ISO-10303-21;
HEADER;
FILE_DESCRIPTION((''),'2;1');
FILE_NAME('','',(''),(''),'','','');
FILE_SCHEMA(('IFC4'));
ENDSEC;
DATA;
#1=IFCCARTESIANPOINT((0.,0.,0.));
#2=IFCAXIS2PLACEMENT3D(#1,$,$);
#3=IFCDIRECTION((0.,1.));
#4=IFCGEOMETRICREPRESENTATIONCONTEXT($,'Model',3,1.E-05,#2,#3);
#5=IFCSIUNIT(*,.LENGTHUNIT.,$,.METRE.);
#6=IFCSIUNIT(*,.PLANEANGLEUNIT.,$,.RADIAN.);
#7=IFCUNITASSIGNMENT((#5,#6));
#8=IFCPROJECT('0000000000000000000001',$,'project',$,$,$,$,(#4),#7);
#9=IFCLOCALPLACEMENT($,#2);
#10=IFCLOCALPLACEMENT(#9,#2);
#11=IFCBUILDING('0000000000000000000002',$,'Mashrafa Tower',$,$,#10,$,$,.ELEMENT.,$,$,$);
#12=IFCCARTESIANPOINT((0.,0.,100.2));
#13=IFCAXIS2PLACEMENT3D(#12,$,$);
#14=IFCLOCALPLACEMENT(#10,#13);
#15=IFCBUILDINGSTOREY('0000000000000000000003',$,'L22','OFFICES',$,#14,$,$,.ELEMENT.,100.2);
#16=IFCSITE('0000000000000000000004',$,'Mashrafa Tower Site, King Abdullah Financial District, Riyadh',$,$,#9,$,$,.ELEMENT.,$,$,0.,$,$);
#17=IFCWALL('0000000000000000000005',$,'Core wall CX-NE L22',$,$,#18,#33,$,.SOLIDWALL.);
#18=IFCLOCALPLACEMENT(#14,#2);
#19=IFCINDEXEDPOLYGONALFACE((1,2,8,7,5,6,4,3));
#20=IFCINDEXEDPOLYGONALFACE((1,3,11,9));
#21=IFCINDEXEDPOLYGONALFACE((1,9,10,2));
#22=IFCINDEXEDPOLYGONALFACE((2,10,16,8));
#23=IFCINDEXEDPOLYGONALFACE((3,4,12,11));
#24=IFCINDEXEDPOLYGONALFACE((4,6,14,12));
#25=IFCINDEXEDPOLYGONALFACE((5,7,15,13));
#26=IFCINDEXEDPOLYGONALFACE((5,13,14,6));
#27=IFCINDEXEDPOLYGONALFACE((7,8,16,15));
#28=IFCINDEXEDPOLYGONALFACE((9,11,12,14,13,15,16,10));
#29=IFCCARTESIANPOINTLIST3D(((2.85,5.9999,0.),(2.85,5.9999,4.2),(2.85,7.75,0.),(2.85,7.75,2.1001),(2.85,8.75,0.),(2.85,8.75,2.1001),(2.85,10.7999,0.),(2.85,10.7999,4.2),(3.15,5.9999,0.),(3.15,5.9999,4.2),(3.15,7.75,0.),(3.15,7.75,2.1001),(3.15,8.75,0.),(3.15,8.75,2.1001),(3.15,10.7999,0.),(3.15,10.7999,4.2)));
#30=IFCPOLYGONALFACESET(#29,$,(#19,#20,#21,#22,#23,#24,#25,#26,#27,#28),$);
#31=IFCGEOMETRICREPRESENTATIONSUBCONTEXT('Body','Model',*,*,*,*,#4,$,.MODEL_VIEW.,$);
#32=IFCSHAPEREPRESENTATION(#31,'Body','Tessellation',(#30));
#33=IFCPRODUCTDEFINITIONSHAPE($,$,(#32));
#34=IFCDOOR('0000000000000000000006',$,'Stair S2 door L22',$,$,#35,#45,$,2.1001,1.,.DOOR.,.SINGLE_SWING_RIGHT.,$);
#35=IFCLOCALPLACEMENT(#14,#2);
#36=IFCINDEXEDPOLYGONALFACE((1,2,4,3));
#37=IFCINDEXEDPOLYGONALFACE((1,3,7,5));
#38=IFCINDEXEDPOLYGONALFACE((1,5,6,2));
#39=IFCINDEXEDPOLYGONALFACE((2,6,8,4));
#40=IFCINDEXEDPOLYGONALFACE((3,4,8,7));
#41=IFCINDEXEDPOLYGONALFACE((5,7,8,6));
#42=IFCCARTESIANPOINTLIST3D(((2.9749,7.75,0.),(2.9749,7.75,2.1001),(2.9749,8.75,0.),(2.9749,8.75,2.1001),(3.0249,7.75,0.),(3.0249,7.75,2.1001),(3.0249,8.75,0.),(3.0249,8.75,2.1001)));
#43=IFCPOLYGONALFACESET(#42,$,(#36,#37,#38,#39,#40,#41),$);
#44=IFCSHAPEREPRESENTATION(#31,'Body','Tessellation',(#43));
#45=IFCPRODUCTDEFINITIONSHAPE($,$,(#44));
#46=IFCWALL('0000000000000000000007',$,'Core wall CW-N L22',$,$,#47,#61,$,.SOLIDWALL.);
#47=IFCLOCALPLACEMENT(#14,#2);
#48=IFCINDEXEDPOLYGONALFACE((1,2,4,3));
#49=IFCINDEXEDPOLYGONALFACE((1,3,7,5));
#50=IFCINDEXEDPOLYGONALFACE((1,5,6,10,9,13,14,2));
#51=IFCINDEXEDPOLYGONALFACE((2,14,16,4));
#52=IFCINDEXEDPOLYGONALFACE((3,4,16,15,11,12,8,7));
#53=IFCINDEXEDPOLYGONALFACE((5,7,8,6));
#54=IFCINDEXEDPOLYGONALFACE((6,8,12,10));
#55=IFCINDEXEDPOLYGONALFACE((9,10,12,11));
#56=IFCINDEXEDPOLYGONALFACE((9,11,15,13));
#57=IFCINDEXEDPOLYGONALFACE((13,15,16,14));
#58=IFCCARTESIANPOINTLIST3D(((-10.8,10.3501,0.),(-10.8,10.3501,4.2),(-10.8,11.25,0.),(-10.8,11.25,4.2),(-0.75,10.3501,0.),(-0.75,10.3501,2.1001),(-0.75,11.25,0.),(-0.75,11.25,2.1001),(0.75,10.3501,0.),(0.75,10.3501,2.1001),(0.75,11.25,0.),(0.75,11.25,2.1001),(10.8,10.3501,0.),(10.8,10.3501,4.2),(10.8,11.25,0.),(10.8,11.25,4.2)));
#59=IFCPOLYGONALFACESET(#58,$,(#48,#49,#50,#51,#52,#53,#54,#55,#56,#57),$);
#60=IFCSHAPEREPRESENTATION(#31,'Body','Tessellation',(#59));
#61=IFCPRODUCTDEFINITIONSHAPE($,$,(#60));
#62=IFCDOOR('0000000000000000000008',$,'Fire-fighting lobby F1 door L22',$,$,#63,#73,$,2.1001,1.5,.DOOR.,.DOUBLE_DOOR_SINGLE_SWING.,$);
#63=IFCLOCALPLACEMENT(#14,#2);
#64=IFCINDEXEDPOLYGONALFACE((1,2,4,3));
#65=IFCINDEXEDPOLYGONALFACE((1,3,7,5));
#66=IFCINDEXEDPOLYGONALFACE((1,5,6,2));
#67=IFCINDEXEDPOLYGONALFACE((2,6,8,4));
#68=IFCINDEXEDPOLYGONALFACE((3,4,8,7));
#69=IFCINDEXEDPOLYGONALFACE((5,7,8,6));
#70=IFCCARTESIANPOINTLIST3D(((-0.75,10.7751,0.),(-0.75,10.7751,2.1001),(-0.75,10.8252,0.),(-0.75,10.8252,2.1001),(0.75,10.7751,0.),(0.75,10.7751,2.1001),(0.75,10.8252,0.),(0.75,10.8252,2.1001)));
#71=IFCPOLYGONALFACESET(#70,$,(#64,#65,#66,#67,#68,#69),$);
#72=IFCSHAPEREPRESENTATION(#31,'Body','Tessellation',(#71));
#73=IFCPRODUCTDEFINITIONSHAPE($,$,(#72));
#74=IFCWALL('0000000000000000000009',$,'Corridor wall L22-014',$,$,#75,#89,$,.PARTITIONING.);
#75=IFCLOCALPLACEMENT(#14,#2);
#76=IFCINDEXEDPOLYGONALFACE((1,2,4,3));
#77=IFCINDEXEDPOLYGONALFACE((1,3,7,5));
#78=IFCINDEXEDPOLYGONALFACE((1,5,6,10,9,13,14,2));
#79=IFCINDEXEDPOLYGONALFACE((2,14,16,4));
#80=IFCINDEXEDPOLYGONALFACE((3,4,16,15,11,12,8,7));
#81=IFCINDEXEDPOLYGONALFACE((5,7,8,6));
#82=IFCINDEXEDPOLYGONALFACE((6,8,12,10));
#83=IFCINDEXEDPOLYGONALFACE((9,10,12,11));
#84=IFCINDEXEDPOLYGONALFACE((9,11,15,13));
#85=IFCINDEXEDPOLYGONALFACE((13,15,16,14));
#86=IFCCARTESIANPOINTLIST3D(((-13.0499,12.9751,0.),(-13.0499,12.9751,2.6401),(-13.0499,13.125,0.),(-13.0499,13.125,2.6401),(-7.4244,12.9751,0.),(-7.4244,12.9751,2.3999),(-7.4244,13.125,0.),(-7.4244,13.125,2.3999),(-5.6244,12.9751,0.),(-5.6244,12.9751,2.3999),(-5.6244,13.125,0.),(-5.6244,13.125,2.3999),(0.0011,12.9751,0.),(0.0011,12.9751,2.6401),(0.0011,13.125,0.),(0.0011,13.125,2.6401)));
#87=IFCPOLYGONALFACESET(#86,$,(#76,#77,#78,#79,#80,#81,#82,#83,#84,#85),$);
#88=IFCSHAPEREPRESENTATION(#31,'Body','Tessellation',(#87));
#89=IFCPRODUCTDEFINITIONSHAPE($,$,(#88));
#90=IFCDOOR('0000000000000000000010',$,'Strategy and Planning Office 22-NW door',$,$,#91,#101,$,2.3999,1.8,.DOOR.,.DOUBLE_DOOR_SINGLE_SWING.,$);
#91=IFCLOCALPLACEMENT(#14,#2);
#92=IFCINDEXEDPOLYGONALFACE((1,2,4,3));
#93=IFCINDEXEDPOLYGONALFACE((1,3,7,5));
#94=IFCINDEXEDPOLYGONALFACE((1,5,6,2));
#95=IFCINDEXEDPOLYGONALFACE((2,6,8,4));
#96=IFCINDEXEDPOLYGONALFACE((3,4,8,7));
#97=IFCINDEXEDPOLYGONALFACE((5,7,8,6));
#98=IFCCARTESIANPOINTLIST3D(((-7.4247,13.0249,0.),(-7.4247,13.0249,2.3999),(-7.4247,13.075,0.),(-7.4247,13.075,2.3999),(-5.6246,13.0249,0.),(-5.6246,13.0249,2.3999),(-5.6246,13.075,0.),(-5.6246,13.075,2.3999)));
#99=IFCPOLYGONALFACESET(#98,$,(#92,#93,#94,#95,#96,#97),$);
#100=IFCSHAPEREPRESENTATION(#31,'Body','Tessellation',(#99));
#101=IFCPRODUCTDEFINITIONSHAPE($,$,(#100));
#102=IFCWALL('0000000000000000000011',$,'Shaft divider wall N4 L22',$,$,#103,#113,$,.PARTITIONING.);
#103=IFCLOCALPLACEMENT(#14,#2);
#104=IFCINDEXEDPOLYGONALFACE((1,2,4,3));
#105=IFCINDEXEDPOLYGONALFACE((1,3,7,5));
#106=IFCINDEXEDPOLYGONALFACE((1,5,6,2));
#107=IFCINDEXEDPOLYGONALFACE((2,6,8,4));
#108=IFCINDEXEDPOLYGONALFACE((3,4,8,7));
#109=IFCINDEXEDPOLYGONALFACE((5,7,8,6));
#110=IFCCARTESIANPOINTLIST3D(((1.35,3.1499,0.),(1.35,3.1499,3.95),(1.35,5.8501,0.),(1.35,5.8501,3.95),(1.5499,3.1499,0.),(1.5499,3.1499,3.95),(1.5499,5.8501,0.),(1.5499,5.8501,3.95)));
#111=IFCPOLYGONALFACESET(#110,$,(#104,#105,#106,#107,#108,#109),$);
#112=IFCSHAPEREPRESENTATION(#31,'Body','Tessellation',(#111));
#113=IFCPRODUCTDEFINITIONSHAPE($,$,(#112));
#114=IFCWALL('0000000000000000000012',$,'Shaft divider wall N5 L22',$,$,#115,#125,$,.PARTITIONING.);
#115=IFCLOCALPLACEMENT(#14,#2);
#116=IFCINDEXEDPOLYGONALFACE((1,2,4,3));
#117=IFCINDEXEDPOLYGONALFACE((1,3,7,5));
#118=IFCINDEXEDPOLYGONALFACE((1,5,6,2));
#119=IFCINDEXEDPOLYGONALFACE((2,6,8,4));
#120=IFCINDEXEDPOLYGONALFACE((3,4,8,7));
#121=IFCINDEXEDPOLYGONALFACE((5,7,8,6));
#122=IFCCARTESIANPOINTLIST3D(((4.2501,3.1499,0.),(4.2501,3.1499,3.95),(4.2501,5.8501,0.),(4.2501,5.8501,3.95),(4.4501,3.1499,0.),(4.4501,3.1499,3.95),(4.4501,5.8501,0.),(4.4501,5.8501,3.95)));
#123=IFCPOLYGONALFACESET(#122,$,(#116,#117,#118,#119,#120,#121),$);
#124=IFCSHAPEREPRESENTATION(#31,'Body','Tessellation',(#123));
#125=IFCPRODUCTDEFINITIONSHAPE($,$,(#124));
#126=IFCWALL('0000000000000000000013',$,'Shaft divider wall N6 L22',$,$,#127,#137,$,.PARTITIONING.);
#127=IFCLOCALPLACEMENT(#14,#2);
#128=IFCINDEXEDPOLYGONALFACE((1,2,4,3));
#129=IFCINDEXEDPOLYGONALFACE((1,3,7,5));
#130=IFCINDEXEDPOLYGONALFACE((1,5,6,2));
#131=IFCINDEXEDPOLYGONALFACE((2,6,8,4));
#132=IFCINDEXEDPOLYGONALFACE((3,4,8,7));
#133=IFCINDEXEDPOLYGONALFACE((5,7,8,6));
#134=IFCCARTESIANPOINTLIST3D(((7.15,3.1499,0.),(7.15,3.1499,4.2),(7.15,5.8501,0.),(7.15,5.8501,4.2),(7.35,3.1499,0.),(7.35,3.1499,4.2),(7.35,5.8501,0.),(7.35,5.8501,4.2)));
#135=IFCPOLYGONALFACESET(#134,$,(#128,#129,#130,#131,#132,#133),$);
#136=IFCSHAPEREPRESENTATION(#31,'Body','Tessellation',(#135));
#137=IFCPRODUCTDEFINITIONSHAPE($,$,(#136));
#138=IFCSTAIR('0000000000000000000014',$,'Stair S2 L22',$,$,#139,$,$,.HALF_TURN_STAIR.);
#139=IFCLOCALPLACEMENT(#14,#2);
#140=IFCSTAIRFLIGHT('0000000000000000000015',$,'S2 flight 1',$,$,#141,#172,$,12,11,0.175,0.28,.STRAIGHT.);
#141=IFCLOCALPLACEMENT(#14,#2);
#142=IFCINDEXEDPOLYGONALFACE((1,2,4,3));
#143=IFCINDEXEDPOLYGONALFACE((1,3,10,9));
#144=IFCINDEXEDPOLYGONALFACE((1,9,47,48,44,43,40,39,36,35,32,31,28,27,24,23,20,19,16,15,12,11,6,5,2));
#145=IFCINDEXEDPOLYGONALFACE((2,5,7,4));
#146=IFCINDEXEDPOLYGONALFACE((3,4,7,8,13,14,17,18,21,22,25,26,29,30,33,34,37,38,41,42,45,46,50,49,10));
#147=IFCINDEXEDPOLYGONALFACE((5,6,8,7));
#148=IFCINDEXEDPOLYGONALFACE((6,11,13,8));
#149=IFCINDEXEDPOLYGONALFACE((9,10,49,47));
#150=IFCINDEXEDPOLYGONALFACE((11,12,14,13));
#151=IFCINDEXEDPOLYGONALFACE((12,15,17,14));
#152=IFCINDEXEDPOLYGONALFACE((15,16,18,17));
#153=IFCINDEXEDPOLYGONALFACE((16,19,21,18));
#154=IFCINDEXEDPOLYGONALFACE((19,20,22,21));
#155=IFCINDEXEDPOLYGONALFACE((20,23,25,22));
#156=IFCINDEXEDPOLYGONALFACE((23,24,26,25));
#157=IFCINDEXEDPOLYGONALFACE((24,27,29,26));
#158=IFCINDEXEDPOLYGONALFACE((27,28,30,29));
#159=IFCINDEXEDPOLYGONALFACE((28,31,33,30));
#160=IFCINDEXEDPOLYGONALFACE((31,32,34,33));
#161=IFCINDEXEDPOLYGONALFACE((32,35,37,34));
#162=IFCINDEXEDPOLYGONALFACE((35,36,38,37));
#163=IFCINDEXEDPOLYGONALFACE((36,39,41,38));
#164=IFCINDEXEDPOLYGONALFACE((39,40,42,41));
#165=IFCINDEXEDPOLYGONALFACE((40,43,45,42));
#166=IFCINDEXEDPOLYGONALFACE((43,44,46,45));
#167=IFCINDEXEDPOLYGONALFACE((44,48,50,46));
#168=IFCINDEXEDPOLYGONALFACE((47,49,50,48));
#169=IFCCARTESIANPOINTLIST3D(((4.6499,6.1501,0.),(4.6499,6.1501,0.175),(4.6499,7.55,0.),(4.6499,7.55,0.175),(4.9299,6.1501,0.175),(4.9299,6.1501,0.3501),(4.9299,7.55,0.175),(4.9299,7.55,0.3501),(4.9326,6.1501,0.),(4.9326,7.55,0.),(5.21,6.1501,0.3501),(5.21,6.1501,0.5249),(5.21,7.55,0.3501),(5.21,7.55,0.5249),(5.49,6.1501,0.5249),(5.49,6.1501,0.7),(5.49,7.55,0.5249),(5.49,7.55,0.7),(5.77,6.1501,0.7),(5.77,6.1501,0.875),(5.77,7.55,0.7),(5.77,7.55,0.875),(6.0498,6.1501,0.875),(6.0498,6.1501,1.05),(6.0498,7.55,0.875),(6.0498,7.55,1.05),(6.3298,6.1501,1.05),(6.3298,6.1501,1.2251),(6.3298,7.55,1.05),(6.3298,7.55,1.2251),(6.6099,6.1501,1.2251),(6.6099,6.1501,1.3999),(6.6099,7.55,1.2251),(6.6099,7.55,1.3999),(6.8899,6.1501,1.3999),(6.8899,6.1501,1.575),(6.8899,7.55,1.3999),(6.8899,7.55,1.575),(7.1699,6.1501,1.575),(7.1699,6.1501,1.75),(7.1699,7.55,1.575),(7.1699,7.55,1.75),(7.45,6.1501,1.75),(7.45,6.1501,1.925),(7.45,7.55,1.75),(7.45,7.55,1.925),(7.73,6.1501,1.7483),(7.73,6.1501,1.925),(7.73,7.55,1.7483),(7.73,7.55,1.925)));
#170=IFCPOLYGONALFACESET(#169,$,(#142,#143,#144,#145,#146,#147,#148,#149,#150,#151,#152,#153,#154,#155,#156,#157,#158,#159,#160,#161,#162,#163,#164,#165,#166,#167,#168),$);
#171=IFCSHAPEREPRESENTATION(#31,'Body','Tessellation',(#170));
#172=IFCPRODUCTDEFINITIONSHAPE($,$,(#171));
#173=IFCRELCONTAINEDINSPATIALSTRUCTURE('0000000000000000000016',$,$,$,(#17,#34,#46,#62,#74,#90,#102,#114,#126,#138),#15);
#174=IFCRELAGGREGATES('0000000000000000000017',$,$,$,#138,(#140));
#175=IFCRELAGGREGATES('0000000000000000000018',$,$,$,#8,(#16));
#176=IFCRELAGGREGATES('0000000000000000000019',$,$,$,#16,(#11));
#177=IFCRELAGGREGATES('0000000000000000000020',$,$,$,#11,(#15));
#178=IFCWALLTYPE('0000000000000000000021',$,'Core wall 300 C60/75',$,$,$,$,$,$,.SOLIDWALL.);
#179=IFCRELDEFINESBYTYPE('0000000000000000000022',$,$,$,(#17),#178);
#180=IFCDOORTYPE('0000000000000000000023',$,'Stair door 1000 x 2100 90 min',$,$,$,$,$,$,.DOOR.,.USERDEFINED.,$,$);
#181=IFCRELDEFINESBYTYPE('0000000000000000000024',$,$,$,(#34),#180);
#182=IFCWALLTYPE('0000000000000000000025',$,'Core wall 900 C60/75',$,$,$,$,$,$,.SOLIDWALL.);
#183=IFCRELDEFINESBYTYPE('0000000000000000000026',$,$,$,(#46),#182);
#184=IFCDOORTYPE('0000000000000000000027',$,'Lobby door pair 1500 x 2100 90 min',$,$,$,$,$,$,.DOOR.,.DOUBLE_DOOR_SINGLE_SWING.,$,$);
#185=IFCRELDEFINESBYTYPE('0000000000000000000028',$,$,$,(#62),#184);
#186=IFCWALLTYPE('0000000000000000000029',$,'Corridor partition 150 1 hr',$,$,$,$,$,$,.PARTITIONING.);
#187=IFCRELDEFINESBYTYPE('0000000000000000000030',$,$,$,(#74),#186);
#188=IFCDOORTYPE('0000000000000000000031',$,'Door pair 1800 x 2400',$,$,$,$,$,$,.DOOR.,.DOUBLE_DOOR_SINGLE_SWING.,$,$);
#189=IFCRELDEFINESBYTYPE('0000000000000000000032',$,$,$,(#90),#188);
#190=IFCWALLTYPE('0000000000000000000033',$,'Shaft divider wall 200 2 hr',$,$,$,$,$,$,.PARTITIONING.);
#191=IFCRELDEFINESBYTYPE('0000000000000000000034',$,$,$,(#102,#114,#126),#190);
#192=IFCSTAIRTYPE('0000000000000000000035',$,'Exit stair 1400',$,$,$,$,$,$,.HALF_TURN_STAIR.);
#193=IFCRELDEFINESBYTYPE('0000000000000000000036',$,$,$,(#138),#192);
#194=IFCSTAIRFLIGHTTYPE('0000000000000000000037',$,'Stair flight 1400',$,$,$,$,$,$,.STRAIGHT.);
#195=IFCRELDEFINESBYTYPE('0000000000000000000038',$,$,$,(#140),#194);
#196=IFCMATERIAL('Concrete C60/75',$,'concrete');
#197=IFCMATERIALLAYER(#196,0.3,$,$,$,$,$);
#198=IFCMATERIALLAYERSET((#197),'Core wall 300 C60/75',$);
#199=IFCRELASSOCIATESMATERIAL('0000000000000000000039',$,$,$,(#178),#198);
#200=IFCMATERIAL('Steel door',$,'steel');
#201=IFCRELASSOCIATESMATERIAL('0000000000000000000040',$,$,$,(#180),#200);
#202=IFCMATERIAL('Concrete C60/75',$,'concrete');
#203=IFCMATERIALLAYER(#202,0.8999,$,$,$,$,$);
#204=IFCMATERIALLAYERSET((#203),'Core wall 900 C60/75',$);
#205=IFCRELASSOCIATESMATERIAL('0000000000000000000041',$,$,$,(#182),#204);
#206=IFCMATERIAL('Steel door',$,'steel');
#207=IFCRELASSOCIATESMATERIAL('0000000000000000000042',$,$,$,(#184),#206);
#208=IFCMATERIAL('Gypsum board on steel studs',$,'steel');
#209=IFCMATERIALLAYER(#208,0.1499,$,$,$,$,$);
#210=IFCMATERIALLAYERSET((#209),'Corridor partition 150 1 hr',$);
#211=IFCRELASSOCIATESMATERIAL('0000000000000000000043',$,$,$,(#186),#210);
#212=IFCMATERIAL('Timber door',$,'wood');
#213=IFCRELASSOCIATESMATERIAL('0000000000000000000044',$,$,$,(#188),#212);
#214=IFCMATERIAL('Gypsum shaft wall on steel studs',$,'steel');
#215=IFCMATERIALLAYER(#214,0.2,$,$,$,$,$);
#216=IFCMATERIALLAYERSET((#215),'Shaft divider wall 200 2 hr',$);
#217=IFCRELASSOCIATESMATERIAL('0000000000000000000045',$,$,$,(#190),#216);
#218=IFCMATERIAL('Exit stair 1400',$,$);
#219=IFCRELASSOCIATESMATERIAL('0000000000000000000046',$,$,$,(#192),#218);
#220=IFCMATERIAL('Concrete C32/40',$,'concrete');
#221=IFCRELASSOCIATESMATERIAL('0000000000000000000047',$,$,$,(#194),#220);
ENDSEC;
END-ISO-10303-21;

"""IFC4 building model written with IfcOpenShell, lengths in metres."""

from ifc_helpers import new_model, si_unit, direction, frame, frame_2d, origin, place, context, subcontext, project, spatial, polyline, rectangle, outline, extrude, material, layer, layer_set, type_object, element, fill, aggregate, save


model = new_model("IFC4")

# Units and contexts
model_context = context("Model", 3, precision=1e-05, world=origin(), true_north=direction((0.0, 1.0)))
body_context = subcontext(model_context, "Body", "Model", "MODEL_VIEW")
ifc_project = project(units=[si_unit("LENGTHUNIT", "METRE"), si_unit("PLANEANGLEUNIT", "RADIAN")], contexts=[model_context])

# Site, building, storey
site_placement = place(None, origin())
site = spatial("IfcSite", under=ifc_project, at=site_placement, Name="Mashrafa Tower Site, King Abdullah Financial District, Riyadh", CompositionType="ELEMENT", RefElevation=0.0)
building_placement = place(site_placement, origin())
building = spatial("IfcBuilding", under=site, at=building_placement, Name="Mashrafa Tower", CompositionType="ELEMENT")
storey_placement = place(building_placement, frame((0.0, 0.0, 100.2)))
storey = spatial("IfcBuildingStorey", under=building, at=storey_placement, Name="L22", Description="OFFICES", CompositionType="ELEMENT", Elevation=100.2)

# Walls, openings, doors
ifc_material_1 = material(Name="Concrete C60/75", Category="concrete")
ifc_layer_1 = layer(ifc_material_1, 0.3)
ifc_layer_set_1 = layer_set([ifc_layer_1], Name="Core wall 300 C60/75")
wall_type_1 = type_object("IfcWallType", Name="Core wall 300 C60/75", PredefinedType="SOLIDWALL", material=ifc_layer_set_1)
wall_1_placement = place(storey_placement, frame((3.0, 6.0, 0.0), z_axis=(0.0, 0.0, 1.0), x_axis=(0.0, 1.0, 0.0)))
wall_1 = element("IfcWall", 1, at=wall_1_placement, inside=storey, type_object=wall_type_1, Name="Core wall CX-NE L22", PredefinedType="SOLIDWALL", context=body_context, shape_type="SweptSolid", body=[
    extrude(rectangle(XDim=4.8, YDim=0.3, at=frame_2d((2.3999, 0.0))), origin(), (0.0, 0.0, 1.0), 4.2),
])
opening_1_placement = place(wall_1_placement, frame((1.75, 0.0, 0.0)))
opening_1 = element("IfcOpeningElement", 2, at=opening_1_placement, cuts=wall_1, PredefinedType="OPENING", context=body_context, shape_type="SweptSolid", body=[
    extrude(rectangle(XDim=1.0, YDim=2.1001, at=frame_2d((0.5, 1.05))), frame((0.0, 0.1599, 0.0), z_axis=(0.0, -1.0, 0.0), x_axis=(1.0, 0.0, 0.0)), (0.0, 0.0, 1.0), 0.3201),
])
ifc_material_2 = material(Name="Steel door", Category="steel")
door_type_1 = type_object("IfcDoorType", Name="Stair door 1000 x 2100 90 min", OperationType="USERDEFINED", PredefinedType="DOOR", material=ifc_material_2)
door_1_placement = place(opening_1_placement, frame((1.0, 0.0, 0.0), z_axis=(0.0, 0.0, 1.0), x_axis=(-1.0, 0.0, 0.0)))
door_1 = element("IfcDoor", 3, at=door_1_placement, inside=storey, type_object=door_type_1, Name="Stair S2 door L22", OperationType="SINGLE_SWING_RIGHT", OverallHeight=2.1001, OverallWidth=1.0, PredefinedType="DOOR", context=body_context, shape_type="SweptSolid", body=[
    extrude(rectangle(XDim=1.0, YDim=2.1001, at=frame_2d((0.5, 1.05))), frame((0.0, 0.0249, 0.0), z_axis=(0.0, -1.0, 0.0), x_axis=(1.0, 0.0, 0.0)), (0.0, 0.0, 1.0), 0.05),
])
fill(opening_1, door_1)
ifc_material_3 = material(Name="Concrete C60/75", Category="concrete")
ifc_layer_2 = layer(ifc_material_3, 0.8999)
ifc_layer_set_2 = layer_set([ifc_layer_2], Name="Core wall 900 C60/75")
wall_type_2 = type_object("IfcWallType", Name="Core wall 900 C60/75", PredefinedType="SOLIDWALL", material=ifc_layer_set_2)
wall_2_placement = place(storey_placement, frame((10.8, 10.8, 0.0), z_axis=(0.0, 0.0, 1.0), x_axis=(-1.0, 0.0, 0.0)))
wall_2 = element("IfcWall", 4, at=wall_2_placement, inside=storey, type_object=wall_type_2, Name="Core wall CW-N L22", PredefinedType="SOLIDWALL", context=body_context, shape_type="SweptSolid", body=[
    extrude(rectangle(XDim=21.6001, YDim=0.8999, at=frame_2d((10.8, 0.0))), origin(), (0.0, 0.0, 1.0), 4.2),
])
opening_2_placement = place(wall_2_placement, frame((10.05, 0.0, 0.0)))
opening_2 = element("IfcOpeningElement", 5, at=opening_2_placement, cuts=wall_2, PredefinedType="OPENING", context=body_context, shape_type="SweptSolid", body=[
    extrude(rectangle(XDim=1.5, YDim=2.1001, at=frame_2d((0.75, 1.05))), frame((0.0, 0.46, 0.0), z_axis=(0.0, -1.0, 0.0), x_axis=(1.0, 0.0, 0.0)), (0.0, 0.0, 1.0), 0.9199),
])
ifc_material_4 = material(Name="Steel door", Category="steel")
door_type_2 = type_object("IfcDoorType", Name="Lobby door pair 1500 x 2100 90 min", OperationType="DOUBLE_DOOR_SINGLE_SWING", PredefinedType="DOOR", material=ifc_material_4)
door_2_placement = place(opening_2_placement, origin())
door_2 = element("IfcDoor", 6, at=door_2_placement, inside=storey, type_object=door_type_2, Name="Fire-fighting lobby F1 door L22", OperationType="DOUBLE_DOOR_SINGLE_SWING", OverallHeight=2.1001, OverallWidth=1.5, PredefinedType="DOOR", context=body_context, shape_type="SweptSolid", body=[
    extrude(rectangle(XDim=1.5, YDim=2.1001, at=frame_2d((0.75, 1.05))), frame((0.0, 0.0249, 0.0), z_axis=(0.0, -1.0, 0.0), x_axis=(1.0, 0.0, 0.0)), (0.0, 0.0, 1.0), 0.05),
])
fill(opening_2, door_2)
ifc_material_5 = material(Name="Gypsum board on steel studs", Category="steel")
ifc_layer_3 = layer(ifc_material_5, 0.1499)
ifc_layer_set_3 = layer_set([ifc_layer_3], Name="Corridor partition 150 1 hr")
wall_type_3 = type_object("IfcWallType", Name="Corridor partition 150 1 hr", PredefinedType="PARTITIONING", material=ifc_layer_set_3)
wall_3_placement = place(storey_placement, frame((0.001, 13.05, 0.0), z_axis=(0.0, 0.0, 1.0), x_axis=(-1.0, 0.0, 0.0)))
wall_3 = element("IfcWall", 7, at=wall_3_placement, inside=storey, type_object=wall_type_3, Name="Corridor wall L22-014", PredefinedType="PARTITIONING", context=body_context, shape_type="SweptSolid", body=[
    extrude(rectangle(XDim=13.051, YDim=0.1499, at=frame_2d((6.5254, 0.0))), origin(), (0.0, 0.0, 1.0), 2.6401),
])
opening_3_placement = place(wall_3_placement, frame((5.6255, 0.0, 0.0)))
opening_3 = element("IfcOpeningElement", 8, at=opening_3_placement, cuts=wall_3, PredefinedType="OPENING", context=body_context, shape_type="SweptSolid", body=[
    extrude(rectangle(XDim=1.8, YDim=2.3999, at=frame_2d((0.8999, 1.2))), frame((0.0, 0.085, 0.0), z_axis=(0.0, -1.0, 0.0), x_axis=(1.0, 0.0, 0.0)), (0.0, 0.0, 1.0), 0.1699),
])
ifc_material_6 = material(Name="Timber door", Category="wood")
door_type_3 = type_object("IfcDoorType", Name="Door pair 1800 x 2400", OperationType="DOUBLE_DOOR_SINGLE_SWING", PredefinedType="DOOR", material=ifc_material_6)
door_3_placement = place(opening_3_placement, frame((1.8, 0.0, 0.0), z_axis=(0.0, 0.0, 1.0), x_axis=(-1.0, 0.0, 0.0)))
door_3 = element("IfcDoor", 9, at=door_3_placement, inside=storey, type_object=door_type_3, Name="Strategy and Planning Office 22-NW door", OperationType="DOUBLE_DOOR_SINGLE_SWING", OverallHeight=2.3999, OverallWidth=1.8, PredefinedType="DOOR", context=body_context, shape_type="SweptSolid", body=[
    extrude(rectangle(XDim=1.8, YDim=2.3999, at=frame_2d((0.8999, 1.2))), frame((0.0, 0.0249, 0.0), z_axis=(0.0, -1.0, 0.0), x_axis=(1.0, 0.0, 0.0)), (0.0, 0.0, 1.0), 0.05),
])
fill(opening_3, door_3)

# Walls
ifc_material_7 = material(Name="Gypsum shaft wall on steel studs", Category="steel")
ifc_layer_4 = layer(ifc_material_7, 0.2)
ifc_layer_set_4 = layer_set([ifc_layer_4], Name="Shaft divider wall 200 2 hr")
wall_type_4 = type_object("IfcWallType", Name="Shaft divider wall 200 2 hr", PredefinedType="PARTITIONING", material=ifc_layer_set_4)
for number, where, z_axis, x_axis, name in (
    (10, (1.45, 3.1499, 0.0), (0.0, 0.0, 1.0), (0.0, 1.0, 0.0), "Shaft divider wall N4 L22"),
    (11, (4.3501, 3.1499, 0.0), (0.0, 0.0, 1.0), (0.0, 1.0, 0.0), "Shaft divider wall N5 L22"),
):
    element("IfcWall", number, at=place(storey_placement, frame(where, z_axis=z_axis, x_axis=x_axis)), inside=storey, type_object=wall_type_4, Name=name, PredefinedType="PARTITIONING", context=body_context, shape_type="SweptSolid", body=[
        extrude(rectangle(XDim=2.7002, YDim=0.2, at=frame_2d((1.3501, 0.0))), origin(), (0.0, 0.0, 1.0), 3.95),
    ])
wall_4_placement = place(storey_placement, frame((7.25, 3.1499, 0.0), z_axis=(0.0, 0.0, 1.0), x_axis=(0.0, 1.0, 0.0)))
element("IfcWall", 12, at=wall_4_placement, inside=storey, type_object=wall_type_4, Name="Shaft divider wall N6 L22", PredefinedType="PARTITIONING", context=body_context, shape_type="SweptSolid", body=[
    extrude(rectangle(XDim=2.7002, YDim=0.2, at=frame_2d((1.3501, 0.0))), origin(), (0.0, 0.0, 1.0), 4.2),
])

# Stair, stair flight
ifc_material_8 = material(Name="Exit stair 1400")
stair_type = type_object("IfcStairType", Name="Exit stair 1400", PredefinedType="HALF_TURN_STAIR", material=ifc_material_8)
stair_placement = place(storey_placement, origin())
stair = element("IfcStair", 13, at=stair_placement, inside=storey, type_object=stair_type, Name="Stair S2 L22", PredefinedType="HALF_TURN_STAIR")
ifc_material_9 = material(Name="Concrete C32/40", Category="concrete")
stair_flight_type = type_object("IfcStairFlightType", Name="Stair flight 1400", PredefinedType="STRAIGHT", material=ifc_material_9)
stair_flight_1_placement = place(storey_placement, frame((4.6499, 6.8501, 0.0), z_axis=(0.0, 0.0, 1.0), x_axis=(1.0, 0.0, 0.0)))
stair_flight_1 = element("IfcStairFlight", 14, at=stair_flight_1_placement, type_object=stair_flight_type, Name="S2 flight 1", NumberOfRisers=12, NumberOfTreads=11, PredefinedType="STRAIGHT", RiserHeight=0.175, TreadLength=0.28, context=body_context, shape_type="SweptSolid", body=[
    extrude(outline(polyline([(0.0, 0.0), (0.0, 0.175), (0.28, 0.175), (0.28, 0.3501), (0.5601, 0.3501), (0.5601, 0.5249), (0.8401, 0.5249), (0.8401, 0.7), (1.1201, 0.7), (1.1201, 0.875), (1.3999, 0.875), (1.3999, 1.05), (1.6799, 1.05), (1.6799, 1.2251), (1.96, 1.2251), (1.96, 1.3999), (2.24, 1.3999), (2.24, 1.575), (2.52, 1.575), (2.52, 1.75), (2.8, 1.75), (2.8, 1.925), (3.0801, 1.925), (3.0801, 2.1001), (3.0801, 1.7483), (0.2827, 0.0), (0.0, 0.0)])), frame((0.0, 0.7, 0.0), z_axis=(0.0, -1.0, 0.0), x_axis=(1.0, 0.0, 0.0)), (0.0, 0.0, 1.0), 1.3999),
])
aggregate(stair, [stair_flight_1])

save(model, "model.ifc")
